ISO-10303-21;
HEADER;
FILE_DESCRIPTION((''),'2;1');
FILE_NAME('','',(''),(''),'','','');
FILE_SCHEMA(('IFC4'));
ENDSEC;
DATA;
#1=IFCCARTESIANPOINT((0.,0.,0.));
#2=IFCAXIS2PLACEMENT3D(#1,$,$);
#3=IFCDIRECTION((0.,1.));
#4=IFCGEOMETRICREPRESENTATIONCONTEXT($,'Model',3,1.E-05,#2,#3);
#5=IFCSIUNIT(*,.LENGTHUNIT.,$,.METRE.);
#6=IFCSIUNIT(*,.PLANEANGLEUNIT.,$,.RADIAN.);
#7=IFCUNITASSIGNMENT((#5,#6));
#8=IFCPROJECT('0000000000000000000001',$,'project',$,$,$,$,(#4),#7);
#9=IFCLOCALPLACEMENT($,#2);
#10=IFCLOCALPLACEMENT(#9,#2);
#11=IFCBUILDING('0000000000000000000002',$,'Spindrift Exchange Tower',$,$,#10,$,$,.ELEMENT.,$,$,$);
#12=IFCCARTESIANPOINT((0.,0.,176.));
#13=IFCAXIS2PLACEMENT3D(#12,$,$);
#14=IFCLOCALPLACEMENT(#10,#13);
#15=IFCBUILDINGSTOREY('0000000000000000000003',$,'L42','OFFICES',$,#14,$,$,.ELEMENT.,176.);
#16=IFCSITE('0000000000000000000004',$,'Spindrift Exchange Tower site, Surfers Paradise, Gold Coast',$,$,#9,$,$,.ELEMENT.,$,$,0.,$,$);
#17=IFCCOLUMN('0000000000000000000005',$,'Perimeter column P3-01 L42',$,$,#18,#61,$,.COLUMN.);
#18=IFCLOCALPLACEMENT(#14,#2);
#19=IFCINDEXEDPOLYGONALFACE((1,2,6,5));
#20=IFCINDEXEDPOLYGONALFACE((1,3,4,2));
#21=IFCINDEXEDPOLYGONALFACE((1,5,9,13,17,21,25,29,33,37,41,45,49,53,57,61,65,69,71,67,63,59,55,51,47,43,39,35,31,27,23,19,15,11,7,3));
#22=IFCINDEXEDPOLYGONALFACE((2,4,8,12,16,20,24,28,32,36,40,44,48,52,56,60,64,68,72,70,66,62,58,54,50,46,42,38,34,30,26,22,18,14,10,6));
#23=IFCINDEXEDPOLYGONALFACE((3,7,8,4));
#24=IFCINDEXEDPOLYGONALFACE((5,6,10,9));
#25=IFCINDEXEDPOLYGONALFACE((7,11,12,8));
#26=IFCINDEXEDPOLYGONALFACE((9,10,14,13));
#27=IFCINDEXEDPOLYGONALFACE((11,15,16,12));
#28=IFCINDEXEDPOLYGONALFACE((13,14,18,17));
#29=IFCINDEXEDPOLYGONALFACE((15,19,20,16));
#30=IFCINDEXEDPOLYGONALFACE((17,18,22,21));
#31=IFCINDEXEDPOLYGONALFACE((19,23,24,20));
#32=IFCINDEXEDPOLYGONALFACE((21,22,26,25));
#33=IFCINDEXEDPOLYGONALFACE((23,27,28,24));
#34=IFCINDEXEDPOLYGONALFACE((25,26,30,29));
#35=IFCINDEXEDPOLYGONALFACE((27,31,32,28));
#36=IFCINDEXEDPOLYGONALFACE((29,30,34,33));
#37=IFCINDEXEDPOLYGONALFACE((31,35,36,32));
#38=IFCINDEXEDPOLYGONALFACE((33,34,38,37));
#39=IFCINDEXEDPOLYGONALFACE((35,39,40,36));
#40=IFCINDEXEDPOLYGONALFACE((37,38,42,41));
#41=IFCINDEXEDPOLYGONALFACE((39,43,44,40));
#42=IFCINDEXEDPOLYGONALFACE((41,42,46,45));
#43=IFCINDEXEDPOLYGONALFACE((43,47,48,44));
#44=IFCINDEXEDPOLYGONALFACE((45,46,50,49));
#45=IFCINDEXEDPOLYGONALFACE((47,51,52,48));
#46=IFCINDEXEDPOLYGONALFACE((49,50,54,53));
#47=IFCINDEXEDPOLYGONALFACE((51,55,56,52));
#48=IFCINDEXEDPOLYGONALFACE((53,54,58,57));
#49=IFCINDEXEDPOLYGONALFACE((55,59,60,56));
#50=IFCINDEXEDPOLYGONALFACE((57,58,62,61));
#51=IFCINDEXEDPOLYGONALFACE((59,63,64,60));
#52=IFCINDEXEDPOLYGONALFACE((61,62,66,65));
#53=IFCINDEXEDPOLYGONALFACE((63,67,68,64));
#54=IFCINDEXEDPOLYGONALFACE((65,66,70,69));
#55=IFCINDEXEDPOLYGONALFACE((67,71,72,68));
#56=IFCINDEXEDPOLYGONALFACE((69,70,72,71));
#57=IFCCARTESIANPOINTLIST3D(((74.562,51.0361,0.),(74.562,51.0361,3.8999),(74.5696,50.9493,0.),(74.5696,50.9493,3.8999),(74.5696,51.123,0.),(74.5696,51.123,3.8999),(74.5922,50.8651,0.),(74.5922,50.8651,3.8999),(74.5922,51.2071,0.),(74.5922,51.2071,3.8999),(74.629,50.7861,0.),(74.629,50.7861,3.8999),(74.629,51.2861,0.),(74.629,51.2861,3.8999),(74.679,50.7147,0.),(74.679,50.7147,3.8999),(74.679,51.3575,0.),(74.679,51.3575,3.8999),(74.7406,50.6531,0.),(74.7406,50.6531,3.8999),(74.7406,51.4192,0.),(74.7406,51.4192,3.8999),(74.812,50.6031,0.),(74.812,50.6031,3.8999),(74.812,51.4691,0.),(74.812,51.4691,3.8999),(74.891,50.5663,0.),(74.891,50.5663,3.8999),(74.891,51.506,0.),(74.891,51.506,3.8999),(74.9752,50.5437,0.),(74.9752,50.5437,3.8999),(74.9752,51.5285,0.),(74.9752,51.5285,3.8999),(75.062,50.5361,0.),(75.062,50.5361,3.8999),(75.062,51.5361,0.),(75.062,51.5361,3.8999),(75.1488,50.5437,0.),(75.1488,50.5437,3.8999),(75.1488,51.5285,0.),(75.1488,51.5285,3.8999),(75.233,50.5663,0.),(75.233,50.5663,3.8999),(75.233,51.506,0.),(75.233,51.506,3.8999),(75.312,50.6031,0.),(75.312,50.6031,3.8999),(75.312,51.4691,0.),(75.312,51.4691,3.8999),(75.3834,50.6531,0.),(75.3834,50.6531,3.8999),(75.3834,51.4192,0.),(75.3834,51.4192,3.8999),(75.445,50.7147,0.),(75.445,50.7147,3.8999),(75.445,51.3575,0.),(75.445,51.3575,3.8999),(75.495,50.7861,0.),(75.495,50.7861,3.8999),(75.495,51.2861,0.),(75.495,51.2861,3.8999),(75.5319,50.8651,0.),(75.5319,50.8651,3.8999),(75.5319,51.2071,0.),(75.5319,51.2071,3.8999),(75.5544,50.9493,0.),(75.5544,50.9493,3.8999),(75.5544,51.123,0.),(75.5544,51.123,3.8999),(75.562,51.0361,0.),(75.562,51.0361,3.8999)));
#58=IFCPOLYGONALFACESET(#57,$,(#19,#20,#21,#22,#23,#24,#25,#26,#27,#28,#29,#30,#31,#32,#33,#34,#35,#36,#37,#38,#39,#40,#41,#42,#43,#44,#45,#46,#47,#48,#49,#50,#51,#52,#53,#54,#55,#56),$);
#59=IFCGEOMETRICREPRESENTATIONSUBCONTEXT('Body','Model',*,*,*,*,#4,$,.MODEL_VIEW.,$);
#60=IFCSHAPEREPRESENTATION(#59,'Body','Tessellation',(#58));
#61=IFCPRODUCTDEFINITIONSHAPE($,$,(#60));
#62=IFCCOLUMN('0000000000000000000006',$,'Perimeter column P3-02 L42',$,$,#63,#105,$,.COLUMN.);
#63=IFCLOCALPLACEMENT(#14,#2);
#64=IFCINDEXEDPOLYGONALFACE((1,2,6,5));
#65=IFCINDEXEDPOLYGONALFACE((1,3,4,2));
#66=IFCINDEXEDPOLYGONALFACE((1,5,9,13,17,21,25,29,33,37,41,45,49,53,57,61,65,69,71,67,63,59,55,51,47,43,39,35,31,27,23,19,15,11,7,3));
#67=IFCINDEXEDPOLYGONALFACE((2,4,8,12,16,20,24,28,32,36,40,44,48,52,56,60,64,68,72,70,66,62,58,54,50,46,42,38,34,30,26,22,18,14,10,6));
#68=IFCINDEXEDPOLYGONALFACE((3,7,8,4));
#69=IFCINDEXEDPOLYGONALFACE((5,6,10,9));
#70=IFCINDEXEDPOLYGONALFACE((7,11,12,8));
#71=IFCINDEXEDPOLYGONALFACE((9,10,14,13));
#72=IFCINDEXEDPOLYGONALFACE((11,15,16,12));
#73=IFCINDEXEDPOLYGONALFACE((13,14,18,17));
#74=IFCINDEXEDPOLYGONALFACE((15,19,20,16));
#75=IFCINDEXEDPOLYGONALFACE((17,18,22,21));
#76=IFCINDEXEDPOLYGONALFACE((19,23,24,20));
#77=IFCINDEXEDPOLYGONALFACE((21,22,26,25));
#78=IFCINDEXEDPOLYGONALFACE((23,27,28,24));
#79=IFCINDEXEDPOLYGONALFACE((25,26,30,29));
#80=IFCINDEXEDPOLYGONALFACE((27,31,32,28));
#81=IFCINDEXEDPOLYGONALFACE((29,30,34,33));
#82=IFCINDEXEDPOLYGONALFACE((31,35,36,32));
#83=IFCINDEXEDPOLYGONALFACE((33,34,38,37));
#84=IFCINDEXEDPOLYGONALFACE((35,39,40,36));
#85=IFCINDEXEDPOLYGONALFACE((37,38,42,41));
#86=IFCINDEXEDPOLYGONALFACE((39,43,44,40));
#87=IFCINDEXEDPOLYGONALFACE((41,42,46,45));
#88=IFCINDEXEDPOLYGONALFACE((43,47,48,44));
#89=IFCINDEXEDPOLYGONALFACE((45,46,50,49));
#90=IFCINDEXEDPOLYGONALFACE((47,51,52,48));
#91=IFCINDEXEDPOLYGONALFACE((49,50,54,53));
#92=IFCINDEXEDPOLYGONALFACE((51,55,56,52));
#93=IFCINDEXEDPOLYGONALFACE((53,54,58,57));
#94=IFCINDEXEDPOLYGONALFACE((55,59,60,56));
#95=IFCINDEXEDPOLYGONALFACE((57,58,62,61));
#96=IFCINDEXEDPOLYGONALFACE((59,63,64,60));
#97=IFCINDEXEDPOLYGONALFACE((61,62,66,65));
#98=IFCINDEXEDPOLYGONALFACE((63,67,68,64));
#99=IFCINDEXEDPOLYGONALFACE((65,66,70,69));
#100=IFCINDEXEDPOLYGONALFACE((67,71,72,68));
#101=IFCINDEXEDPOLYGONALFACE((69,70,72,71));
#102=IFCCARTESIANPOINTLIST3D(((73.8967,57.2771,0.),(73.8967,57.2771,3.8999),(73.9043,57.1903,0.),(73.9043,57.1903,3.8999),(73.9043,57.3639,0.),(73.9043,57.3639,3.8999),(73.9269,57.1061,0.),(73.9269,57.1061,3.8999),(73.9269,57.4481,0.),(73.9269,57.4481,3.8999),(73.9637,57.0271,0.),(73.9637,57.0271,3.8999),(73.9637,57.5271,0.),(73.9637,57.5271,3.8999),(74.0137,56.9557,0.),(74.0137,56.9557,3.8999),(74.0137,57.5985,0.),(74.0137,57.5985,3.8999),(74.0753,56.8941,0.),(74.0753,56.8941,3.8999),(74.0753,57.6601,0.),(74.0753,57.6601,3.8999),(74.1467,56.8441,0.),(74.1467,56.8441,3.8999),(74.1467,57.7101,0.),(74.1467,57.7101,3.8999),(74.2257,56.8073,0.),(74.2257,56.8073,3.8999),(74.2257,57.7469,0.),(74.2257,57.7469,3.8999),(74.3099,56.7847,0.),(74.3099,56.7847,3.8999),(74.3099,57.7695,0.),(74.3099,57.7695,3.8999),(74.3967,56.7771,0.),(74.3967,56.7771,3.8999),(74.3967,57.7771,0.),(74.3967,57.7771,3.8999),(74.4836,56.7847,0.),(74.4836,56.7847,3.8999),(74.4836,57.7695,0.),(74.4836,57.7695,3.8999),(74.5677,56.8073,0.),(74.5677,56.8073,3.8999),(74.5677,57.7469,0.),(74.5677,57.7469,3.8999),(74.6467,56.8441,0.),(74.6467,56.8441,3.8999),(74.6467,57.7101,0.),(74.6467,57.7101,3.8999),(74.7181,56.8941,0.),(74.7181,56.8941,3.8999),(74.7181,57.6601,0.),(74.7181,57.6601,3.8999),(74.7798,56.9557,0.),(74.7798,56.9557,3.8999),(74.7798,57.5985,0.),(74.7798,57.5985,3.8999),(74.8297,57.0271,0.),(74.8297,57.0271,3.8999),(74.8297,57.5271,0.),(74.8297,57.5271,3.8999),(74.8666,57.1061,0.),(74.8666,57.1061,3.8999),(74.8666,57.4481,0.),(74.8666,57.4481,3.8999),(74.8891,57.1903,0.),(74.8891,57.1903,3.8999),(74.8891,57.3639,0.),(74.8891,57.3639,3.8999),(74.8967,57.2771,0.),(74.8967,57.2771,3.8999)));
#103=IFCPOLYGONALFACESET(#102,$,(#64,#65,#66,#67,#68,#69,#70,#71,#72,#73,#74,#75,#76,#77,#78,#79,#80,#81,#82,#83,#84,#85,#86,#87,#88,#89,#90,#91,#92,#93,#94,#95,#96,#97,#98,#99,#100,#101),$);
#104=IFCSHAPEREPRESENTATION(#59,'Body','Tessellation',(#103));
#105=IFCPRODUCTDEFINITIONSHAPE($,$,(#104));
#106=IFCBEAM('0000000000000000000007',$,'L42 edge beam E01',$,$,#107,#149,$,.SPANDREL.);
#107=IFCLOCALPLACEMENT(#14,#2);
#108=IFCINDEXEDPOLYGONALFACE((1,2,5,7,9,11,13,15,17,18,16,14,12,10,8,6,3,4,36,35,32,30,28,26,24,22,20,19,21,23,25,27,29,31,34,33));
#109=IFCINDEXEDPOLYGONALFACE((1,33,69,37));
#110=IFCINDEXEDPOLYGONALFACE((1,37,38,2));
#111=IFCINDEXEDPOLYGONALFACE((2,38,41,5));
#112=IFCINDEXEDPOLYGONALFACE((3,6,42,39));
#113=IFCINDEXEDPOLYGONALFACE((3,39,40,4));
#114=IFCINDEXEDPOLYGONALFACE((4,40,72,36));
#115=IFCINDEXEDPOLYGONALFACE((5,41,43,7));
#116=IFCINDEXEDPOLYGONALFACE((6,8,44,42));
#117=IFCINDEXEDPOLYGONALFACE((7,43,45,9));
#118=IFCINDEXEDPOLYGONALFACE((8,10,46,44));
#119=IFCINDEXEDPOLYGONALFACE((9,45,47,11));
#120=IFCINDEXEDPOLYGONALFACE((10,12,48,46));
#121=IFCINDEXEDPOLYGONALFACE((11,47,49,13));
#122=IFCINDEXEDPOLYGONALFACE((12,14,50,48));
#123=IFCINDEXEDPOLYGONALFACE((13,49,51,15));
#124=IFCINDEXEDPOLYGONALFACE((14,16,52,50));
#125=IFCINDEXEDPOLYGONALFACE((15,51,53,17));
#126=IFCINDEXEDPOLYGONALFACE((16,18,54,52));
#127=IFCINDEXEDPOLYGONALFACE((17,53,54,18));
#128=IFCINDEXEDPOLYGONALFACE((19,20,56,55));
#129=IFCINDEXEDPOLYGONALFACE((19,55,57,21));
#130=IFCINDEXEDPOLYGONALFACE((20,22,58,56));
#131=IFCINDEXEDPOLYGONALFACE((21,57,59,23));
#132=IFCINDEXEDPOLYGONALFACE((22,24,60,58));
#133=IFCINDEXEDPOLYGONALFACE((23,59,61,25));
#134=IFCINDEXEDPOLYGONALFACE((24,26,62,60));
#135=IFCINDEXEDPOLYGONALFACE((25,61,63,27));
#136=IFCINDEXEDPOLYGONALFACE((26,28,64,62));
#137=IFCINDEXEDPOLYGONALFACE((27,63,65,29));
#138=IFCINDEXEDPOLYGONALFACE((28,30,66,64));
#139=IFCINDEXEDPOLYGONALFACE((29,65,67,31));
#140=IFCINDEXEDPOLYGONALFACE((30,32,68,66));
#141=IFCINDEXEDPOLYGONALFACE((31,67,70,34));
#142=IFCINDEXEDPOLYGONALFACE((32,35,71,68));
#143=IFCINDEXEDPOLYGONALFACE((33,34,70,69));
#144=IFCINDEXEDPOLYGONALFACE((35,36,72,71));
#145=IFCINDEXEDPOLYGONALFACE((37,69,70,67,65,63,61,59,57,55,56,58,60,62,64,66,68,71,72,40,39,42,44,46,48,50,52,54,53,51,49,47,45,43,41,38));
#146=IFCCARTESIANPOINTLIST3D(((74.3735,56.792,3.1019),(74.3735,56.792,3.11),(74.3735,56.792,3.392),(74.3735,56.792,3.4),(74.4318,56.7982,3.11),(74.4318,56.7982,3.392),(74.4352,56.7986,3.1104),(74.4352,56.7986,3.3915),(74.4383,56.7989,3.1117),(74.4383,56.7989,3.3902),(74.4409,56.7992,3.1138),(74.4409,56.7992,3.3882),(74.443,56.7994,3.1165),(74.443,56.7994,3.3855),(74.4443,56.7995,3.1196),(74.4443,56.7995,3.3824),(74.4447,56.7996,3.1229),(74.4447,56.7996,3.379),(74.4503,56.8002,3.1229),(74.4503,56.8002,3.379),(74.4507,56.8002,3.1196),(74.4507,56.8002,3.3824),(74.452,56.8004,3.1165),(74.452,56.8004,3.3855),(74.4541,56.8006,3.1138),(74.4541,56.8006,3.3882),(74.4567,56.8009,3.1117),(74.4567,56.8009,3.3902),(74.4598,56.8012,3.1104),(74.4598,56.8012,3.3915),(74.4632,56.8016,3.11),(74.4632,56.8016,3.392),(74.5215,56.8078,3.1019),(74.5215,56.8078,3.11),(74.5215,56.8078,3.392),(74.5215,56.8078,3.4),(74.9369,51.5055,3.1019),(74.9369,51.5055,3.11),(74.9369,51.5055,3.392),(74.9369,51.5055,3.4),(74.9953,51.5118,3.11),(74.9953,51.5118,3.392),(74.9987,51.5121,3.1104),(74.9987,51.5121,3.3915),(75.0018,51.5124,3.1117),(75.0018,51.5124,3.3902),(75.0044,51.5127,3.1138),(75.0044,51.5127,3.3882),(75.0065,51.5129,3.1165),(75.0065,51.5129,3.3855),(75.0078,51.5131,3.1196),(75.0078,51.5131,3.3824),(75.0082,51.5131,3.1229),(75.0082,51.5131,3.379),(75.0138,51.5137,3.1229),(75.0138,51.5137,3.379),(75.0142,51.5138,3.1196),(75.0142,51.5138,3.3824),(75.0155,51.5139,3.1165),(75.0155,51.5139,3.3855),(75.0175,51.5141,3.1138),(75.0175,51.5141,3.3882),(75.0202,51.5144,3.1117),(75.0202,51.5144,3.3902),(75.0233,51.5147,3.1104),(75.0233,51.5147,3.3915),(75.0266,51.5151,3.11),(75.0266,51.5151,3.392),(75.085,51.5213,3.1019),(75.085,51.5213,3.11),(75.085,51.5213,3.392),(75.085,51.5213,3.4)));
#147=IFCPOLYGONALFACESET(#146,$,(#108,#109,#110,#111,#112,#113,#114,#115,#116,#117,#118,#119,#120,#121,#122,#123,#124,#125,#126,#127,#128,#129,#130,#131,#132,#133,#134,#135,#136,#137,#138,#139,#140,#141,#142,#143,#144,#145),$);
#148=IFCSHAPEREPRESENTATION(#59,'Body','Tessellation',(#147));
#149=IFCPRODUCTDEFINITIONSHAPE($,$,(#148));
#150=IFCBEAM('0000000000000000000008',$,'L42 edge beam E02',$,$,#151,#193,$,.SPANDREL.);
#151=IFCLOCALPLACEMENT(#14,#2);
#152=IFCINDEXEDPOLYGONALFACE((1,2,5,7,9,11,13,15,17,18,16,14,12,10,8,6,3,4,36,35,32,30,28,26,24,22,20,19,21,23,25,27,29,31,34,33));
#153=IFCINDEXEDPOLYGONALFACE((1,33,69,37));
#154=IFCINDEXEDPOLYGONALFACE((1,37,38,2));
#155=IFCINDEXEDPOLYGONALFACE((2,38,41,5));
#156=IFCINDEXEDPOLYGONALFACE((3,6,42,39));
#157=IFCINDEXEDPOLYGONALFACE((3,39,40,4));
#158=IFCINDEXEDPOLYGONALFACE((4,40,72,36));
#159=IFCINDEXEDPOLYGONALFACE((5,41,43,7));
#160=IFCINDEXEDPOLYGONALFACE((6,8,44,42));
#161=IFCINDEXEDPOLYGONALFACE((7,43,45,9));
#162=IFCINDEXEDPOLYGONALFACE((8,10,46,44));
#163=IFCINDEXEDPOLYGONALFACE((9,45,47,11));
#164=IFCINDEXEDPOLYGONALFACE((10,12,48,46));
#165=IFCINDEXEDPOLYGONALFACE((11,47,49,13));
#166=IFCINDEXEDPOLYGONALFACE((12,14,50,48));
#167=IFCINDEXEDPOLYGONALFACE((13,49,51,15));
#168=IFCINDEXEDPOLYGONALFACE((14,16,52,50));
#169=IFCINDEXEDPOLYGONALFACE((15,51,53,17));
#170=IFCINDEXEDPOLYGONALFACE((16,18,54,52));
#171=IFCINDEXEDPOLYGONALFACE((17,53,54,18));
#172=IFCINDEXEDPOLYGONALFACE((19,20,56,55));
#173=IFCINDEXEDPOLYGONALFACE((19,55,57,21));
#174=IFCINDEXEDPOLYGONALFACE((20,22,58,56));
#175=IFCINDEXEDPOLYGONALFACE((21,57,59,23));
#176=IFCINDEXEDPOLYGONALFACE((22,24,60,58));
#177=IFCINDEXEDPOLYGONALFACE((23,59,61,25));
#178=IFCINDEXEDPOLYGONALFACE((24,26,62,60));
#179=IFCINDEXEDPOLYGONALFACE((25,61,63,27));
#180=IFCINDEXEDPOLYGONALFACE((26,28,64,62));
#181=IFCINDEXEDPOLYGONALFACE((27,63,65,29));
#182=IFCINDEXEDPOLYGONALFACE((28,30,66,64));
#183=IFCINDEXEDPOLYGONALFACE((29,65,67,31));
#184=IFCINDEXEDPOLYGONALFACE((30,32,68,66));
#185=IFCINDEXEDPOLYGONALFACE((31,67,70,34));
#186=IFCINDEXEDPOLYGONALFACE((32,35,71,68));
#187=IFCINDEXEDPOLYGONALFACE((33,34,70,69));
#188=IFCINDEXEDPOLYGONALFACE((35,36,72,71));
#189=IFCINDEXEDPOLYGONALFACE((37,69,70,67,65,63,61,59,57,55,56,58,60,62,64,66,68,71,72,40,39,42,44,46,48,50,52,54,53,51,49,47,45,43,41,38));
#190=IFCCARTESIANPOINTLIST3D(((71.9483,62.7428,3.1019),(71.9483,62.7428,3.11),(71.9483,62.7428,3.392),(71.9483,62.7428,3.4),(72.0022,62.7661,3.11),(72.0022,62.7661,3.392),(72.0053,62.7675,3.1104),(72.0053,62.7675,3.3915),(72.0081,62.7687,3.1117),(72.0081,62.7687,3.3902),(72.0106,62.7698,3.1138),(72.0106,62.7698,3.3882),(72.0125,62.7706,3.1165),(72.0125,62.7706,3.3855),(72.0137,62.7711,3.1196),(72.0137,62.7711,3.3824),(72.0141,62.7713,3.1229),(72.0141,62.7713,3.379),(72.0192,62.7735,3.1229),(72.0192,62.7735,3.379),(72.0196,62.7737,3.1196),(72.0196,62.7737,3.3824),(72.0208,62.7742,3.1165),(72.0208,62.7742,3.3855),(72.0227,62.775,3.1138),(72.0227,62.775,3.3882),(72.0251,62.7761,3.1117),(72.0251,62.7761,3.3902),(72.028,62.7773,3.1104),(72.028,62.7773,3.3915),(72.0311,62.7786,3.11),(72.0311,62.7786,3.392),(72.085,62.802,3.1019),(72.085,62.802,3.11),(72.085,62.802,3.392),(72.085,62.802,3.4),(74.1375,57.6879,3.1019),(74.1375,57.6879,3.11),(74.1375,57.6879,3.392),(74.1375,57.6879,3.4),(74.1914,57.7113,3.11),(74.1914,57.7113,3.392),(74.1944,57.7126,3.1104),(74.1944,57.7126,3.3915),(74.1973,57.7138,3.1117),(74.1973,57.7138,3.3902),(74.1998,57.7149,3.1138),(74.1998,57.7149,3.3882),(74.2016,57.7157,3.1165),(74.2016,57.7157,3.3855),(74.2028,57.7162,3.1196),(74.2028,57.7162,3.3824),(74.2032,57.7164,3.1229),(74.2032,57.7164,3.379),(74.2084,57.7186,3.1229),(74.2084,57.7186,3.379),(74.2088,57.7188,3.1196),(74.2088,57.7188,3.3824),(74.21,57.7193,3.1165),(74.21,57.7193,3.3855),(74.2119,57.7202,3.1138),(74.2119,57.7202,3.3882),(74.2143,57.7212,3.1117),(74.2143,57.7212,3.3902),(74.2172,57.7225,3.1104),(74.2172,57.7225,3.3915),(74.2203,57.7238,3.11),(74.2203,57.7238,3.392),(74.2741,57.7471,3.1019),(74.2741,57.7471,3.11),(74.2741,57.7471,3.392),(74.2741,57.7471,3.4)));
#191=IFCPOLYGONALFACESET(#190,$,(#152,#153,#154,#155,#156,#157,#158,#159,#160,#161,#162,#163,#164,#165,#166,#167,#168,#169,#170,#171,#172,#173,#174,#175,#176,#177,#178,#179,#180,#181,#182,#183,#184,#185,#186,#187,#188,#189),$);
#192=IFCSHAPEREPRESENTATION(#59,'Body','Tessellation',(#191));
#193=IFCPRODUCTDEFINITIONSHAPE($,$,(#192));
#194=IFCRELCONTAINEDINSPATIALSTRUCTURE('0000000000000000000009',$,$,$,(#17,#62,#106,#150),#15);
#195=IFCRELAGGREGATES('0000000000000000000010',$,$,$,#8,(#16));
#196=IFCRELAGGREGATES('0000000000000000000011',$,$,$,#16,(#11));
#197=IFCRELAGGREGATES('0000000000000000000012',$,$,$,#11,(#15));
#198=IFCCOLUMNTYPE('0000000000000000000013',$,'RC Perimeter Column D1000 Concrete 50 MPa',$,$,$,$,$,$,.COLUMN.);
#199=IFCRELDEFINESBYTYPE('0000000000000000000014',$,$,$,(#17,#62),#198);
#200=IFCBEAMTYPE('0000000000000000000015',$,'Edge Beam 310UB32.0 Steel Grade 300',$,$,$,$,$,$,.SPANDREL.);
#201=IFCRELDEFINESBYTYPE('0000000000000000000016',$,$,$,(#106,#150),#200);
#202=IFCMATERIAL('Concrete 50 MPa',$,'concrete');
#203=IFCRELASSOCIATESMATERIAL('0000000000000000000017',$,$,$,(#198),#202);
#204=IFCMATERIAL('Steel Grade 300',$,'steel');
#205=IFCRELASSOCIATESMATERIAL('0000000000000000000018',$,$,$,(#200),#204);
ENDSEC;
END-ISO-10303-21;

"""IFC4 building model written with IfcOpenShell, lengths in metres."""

from ifc_helpers import new_model, si_unit, direction, frame, origin, origin_2d, place, context, subcontext, project, spatial, circle, i_section, extrude, source, transform, mapped, material, material_profile, profile_set, type_object, element, save


model = new_model("IFC4")

# Units and contexts
model_context = context("Model", 3, precision=1e-05, world=origin(), true_north=direction((0.0, 1.0)))
body_context = subcontext(model_context, "Body", "Model", "MODEL_VIEW")
ifc_project = project(units=[si_unit("LENGTHUNIT", "METRE"), si_unit("PLANEANGLEUNIT", "RADIAN")], contexts=[model_context])

# Site, building, storey
site_placement = place(None, origin())
site = spatial("IfcSite", under=ifc_project, at=site_placement, Name="Spindrift Exchange Tower site, Surfers Paradise, Gold Coast", CompositionType="ELEMENT", RefElevation=0.0)
building_placement = place(site_placement, origin())
building = spatial("IfcBuilding", under=site, at=building_placement, Name="Spindrift Exchange Tower", CompositionType="ELEMENT")
storey_placement = place(building_placement, frame((0.0, 0.0, 176.0)))
storey = spatial("IfcBuildingStorey", under=building, at=storey_placement, Name="L42", Description="OFFICES", CompositionType="ELEMENT", Elevation=176.0)

# Columns
ifc_material_1 = material(Name="Concrete 50 MPa", Category="concrete")
ifc_material_profile_1 = material_profile(ifc_material_1, circle(Radius=0.5, at=origin_2d()), Name="RC D1000")
ifc_profile_set_1 = profile_set([ifc_material_profile_1], Name="Concrete 50 MPa")
column_type = type_object("IfcColumnType", Name="RC Perimeter Column D1000 Concrete 50 MPa", PredefinedType="COLUMN", material=ifc_profile_set_1)
shared_shape_1 = source(origin(), body_context, "Body", "SweptSolid", [
    extrude(circle(Radius=0.5, at=origin_2d()), origin(), (0.0, 0.0, 1.0), 3.8999),
])
for number, where, z_axis, x_axis, name in (
    (1, (75.062, 51.0361, 0.0), (0.0, 0.0, 1.0), (1.0, 0.0, 0.0), "Perimeter column P3-01 L42"),
    (2, (74.3967, 57.2771, 0.0), (0.0, 0.0, 1.0), (1.0, 0.0, 0.0), "Perimeter column P3-02 L42"),
):
    element("IfcColumn", number, at=place(storey_placement, frame(where, z_axis=z_axis, x_axis=x_axis)), inside=storey, type_object=column_type, Name=name, PredefinedType="COLUMN", context=body_context, shape_type="MappedRepresentation", body=[
        mapped(shared_shape_1, transform((0.0, 0.0, 0.0), scale=1.0)),
    ])

# Beams
ifc_material_2 = material(Name="Steel Grade 300", Category="steel")
ifc_material_profile_2 = material_profile(ifc_material_2, i_section(OverallWidth=0.1489, OverallDepth=0.2981, WebThickness=0.0056, FlangeThickness=0.0081, FilletRadius=0.0129, at=origin_2d()), Name="310UB32.0")
ifc_profile_set_2 = profile_set([ifc_material_profile_2], Name="Steel Grade 300")
beam_type_1 = type_object("IfcBeamType", Name="Edge Beam 310UB32.0 Steel Grade 300", PredefinedType="SPANDREL", material=ifc_profile_set_2)
shared_shape_2 = source(origin(), body_context, "Body", "SweptSolid", [
    extrude(i_section(OverallWidth=0.1489, OverallDepth=0.2981, WebThickness=0.0056, FlangeThickness=0.0081, FilletRadius=0.0129, at=origin_2d()), origin(), (0.0, 0.0, 1.0), 5.3164),
])
beam_1_placement = place(storey_placement, frame((75.011, 51.5134, 3.251), z_axis=(-0.10599, 0.994367, 0.0), x_axis=(-0.994367, -0.10599, 0.0)))
element("IfcBeam", 3, at=beam_1_placement, inside=storey, type_object=beam_type_1, Name="L42 edge beam E01", PredefinedType="SPANDREL", context=body_context, shape_type="MappedRepresentation", body=[
    mapped(shared_shape_2, transform((0.0, 0.0, 0.0), scale=1.0)),
])
shared_shape_3 = source(origin(), body_context, "Body", "SweptSolid", [
    extrude(i_section(OverallWidth=0.1489, OverallDepth=0.2981, WebThickness=0.0056, FlangeThickness=0.0081, FilletRadius=0.0129, at=origin_2d()), origin(), (0.0, 0.0, 1.0), 5.5085),
])
beam_2_placement = place(storey_placement, frame((74.2058, 57.7175, 3.251), z_axis=(-0.397415, 0.917639, 0.0), x_axis=(-0.917639, -0.397415, 0.0)))
element("IfcBeam", 4, at=beam_2_placement, inside=storey, type_object=beam_type_1, Name="L42 edge beam E02", PredefinedType="SPANDREL", context=body_context, shape_type="MappedRepresentation", body=[
    mapped(shared_shape_3, transform((0.0, 0.0, 0.0), scale=1.0)),
])

save(model, "model.ifc")
